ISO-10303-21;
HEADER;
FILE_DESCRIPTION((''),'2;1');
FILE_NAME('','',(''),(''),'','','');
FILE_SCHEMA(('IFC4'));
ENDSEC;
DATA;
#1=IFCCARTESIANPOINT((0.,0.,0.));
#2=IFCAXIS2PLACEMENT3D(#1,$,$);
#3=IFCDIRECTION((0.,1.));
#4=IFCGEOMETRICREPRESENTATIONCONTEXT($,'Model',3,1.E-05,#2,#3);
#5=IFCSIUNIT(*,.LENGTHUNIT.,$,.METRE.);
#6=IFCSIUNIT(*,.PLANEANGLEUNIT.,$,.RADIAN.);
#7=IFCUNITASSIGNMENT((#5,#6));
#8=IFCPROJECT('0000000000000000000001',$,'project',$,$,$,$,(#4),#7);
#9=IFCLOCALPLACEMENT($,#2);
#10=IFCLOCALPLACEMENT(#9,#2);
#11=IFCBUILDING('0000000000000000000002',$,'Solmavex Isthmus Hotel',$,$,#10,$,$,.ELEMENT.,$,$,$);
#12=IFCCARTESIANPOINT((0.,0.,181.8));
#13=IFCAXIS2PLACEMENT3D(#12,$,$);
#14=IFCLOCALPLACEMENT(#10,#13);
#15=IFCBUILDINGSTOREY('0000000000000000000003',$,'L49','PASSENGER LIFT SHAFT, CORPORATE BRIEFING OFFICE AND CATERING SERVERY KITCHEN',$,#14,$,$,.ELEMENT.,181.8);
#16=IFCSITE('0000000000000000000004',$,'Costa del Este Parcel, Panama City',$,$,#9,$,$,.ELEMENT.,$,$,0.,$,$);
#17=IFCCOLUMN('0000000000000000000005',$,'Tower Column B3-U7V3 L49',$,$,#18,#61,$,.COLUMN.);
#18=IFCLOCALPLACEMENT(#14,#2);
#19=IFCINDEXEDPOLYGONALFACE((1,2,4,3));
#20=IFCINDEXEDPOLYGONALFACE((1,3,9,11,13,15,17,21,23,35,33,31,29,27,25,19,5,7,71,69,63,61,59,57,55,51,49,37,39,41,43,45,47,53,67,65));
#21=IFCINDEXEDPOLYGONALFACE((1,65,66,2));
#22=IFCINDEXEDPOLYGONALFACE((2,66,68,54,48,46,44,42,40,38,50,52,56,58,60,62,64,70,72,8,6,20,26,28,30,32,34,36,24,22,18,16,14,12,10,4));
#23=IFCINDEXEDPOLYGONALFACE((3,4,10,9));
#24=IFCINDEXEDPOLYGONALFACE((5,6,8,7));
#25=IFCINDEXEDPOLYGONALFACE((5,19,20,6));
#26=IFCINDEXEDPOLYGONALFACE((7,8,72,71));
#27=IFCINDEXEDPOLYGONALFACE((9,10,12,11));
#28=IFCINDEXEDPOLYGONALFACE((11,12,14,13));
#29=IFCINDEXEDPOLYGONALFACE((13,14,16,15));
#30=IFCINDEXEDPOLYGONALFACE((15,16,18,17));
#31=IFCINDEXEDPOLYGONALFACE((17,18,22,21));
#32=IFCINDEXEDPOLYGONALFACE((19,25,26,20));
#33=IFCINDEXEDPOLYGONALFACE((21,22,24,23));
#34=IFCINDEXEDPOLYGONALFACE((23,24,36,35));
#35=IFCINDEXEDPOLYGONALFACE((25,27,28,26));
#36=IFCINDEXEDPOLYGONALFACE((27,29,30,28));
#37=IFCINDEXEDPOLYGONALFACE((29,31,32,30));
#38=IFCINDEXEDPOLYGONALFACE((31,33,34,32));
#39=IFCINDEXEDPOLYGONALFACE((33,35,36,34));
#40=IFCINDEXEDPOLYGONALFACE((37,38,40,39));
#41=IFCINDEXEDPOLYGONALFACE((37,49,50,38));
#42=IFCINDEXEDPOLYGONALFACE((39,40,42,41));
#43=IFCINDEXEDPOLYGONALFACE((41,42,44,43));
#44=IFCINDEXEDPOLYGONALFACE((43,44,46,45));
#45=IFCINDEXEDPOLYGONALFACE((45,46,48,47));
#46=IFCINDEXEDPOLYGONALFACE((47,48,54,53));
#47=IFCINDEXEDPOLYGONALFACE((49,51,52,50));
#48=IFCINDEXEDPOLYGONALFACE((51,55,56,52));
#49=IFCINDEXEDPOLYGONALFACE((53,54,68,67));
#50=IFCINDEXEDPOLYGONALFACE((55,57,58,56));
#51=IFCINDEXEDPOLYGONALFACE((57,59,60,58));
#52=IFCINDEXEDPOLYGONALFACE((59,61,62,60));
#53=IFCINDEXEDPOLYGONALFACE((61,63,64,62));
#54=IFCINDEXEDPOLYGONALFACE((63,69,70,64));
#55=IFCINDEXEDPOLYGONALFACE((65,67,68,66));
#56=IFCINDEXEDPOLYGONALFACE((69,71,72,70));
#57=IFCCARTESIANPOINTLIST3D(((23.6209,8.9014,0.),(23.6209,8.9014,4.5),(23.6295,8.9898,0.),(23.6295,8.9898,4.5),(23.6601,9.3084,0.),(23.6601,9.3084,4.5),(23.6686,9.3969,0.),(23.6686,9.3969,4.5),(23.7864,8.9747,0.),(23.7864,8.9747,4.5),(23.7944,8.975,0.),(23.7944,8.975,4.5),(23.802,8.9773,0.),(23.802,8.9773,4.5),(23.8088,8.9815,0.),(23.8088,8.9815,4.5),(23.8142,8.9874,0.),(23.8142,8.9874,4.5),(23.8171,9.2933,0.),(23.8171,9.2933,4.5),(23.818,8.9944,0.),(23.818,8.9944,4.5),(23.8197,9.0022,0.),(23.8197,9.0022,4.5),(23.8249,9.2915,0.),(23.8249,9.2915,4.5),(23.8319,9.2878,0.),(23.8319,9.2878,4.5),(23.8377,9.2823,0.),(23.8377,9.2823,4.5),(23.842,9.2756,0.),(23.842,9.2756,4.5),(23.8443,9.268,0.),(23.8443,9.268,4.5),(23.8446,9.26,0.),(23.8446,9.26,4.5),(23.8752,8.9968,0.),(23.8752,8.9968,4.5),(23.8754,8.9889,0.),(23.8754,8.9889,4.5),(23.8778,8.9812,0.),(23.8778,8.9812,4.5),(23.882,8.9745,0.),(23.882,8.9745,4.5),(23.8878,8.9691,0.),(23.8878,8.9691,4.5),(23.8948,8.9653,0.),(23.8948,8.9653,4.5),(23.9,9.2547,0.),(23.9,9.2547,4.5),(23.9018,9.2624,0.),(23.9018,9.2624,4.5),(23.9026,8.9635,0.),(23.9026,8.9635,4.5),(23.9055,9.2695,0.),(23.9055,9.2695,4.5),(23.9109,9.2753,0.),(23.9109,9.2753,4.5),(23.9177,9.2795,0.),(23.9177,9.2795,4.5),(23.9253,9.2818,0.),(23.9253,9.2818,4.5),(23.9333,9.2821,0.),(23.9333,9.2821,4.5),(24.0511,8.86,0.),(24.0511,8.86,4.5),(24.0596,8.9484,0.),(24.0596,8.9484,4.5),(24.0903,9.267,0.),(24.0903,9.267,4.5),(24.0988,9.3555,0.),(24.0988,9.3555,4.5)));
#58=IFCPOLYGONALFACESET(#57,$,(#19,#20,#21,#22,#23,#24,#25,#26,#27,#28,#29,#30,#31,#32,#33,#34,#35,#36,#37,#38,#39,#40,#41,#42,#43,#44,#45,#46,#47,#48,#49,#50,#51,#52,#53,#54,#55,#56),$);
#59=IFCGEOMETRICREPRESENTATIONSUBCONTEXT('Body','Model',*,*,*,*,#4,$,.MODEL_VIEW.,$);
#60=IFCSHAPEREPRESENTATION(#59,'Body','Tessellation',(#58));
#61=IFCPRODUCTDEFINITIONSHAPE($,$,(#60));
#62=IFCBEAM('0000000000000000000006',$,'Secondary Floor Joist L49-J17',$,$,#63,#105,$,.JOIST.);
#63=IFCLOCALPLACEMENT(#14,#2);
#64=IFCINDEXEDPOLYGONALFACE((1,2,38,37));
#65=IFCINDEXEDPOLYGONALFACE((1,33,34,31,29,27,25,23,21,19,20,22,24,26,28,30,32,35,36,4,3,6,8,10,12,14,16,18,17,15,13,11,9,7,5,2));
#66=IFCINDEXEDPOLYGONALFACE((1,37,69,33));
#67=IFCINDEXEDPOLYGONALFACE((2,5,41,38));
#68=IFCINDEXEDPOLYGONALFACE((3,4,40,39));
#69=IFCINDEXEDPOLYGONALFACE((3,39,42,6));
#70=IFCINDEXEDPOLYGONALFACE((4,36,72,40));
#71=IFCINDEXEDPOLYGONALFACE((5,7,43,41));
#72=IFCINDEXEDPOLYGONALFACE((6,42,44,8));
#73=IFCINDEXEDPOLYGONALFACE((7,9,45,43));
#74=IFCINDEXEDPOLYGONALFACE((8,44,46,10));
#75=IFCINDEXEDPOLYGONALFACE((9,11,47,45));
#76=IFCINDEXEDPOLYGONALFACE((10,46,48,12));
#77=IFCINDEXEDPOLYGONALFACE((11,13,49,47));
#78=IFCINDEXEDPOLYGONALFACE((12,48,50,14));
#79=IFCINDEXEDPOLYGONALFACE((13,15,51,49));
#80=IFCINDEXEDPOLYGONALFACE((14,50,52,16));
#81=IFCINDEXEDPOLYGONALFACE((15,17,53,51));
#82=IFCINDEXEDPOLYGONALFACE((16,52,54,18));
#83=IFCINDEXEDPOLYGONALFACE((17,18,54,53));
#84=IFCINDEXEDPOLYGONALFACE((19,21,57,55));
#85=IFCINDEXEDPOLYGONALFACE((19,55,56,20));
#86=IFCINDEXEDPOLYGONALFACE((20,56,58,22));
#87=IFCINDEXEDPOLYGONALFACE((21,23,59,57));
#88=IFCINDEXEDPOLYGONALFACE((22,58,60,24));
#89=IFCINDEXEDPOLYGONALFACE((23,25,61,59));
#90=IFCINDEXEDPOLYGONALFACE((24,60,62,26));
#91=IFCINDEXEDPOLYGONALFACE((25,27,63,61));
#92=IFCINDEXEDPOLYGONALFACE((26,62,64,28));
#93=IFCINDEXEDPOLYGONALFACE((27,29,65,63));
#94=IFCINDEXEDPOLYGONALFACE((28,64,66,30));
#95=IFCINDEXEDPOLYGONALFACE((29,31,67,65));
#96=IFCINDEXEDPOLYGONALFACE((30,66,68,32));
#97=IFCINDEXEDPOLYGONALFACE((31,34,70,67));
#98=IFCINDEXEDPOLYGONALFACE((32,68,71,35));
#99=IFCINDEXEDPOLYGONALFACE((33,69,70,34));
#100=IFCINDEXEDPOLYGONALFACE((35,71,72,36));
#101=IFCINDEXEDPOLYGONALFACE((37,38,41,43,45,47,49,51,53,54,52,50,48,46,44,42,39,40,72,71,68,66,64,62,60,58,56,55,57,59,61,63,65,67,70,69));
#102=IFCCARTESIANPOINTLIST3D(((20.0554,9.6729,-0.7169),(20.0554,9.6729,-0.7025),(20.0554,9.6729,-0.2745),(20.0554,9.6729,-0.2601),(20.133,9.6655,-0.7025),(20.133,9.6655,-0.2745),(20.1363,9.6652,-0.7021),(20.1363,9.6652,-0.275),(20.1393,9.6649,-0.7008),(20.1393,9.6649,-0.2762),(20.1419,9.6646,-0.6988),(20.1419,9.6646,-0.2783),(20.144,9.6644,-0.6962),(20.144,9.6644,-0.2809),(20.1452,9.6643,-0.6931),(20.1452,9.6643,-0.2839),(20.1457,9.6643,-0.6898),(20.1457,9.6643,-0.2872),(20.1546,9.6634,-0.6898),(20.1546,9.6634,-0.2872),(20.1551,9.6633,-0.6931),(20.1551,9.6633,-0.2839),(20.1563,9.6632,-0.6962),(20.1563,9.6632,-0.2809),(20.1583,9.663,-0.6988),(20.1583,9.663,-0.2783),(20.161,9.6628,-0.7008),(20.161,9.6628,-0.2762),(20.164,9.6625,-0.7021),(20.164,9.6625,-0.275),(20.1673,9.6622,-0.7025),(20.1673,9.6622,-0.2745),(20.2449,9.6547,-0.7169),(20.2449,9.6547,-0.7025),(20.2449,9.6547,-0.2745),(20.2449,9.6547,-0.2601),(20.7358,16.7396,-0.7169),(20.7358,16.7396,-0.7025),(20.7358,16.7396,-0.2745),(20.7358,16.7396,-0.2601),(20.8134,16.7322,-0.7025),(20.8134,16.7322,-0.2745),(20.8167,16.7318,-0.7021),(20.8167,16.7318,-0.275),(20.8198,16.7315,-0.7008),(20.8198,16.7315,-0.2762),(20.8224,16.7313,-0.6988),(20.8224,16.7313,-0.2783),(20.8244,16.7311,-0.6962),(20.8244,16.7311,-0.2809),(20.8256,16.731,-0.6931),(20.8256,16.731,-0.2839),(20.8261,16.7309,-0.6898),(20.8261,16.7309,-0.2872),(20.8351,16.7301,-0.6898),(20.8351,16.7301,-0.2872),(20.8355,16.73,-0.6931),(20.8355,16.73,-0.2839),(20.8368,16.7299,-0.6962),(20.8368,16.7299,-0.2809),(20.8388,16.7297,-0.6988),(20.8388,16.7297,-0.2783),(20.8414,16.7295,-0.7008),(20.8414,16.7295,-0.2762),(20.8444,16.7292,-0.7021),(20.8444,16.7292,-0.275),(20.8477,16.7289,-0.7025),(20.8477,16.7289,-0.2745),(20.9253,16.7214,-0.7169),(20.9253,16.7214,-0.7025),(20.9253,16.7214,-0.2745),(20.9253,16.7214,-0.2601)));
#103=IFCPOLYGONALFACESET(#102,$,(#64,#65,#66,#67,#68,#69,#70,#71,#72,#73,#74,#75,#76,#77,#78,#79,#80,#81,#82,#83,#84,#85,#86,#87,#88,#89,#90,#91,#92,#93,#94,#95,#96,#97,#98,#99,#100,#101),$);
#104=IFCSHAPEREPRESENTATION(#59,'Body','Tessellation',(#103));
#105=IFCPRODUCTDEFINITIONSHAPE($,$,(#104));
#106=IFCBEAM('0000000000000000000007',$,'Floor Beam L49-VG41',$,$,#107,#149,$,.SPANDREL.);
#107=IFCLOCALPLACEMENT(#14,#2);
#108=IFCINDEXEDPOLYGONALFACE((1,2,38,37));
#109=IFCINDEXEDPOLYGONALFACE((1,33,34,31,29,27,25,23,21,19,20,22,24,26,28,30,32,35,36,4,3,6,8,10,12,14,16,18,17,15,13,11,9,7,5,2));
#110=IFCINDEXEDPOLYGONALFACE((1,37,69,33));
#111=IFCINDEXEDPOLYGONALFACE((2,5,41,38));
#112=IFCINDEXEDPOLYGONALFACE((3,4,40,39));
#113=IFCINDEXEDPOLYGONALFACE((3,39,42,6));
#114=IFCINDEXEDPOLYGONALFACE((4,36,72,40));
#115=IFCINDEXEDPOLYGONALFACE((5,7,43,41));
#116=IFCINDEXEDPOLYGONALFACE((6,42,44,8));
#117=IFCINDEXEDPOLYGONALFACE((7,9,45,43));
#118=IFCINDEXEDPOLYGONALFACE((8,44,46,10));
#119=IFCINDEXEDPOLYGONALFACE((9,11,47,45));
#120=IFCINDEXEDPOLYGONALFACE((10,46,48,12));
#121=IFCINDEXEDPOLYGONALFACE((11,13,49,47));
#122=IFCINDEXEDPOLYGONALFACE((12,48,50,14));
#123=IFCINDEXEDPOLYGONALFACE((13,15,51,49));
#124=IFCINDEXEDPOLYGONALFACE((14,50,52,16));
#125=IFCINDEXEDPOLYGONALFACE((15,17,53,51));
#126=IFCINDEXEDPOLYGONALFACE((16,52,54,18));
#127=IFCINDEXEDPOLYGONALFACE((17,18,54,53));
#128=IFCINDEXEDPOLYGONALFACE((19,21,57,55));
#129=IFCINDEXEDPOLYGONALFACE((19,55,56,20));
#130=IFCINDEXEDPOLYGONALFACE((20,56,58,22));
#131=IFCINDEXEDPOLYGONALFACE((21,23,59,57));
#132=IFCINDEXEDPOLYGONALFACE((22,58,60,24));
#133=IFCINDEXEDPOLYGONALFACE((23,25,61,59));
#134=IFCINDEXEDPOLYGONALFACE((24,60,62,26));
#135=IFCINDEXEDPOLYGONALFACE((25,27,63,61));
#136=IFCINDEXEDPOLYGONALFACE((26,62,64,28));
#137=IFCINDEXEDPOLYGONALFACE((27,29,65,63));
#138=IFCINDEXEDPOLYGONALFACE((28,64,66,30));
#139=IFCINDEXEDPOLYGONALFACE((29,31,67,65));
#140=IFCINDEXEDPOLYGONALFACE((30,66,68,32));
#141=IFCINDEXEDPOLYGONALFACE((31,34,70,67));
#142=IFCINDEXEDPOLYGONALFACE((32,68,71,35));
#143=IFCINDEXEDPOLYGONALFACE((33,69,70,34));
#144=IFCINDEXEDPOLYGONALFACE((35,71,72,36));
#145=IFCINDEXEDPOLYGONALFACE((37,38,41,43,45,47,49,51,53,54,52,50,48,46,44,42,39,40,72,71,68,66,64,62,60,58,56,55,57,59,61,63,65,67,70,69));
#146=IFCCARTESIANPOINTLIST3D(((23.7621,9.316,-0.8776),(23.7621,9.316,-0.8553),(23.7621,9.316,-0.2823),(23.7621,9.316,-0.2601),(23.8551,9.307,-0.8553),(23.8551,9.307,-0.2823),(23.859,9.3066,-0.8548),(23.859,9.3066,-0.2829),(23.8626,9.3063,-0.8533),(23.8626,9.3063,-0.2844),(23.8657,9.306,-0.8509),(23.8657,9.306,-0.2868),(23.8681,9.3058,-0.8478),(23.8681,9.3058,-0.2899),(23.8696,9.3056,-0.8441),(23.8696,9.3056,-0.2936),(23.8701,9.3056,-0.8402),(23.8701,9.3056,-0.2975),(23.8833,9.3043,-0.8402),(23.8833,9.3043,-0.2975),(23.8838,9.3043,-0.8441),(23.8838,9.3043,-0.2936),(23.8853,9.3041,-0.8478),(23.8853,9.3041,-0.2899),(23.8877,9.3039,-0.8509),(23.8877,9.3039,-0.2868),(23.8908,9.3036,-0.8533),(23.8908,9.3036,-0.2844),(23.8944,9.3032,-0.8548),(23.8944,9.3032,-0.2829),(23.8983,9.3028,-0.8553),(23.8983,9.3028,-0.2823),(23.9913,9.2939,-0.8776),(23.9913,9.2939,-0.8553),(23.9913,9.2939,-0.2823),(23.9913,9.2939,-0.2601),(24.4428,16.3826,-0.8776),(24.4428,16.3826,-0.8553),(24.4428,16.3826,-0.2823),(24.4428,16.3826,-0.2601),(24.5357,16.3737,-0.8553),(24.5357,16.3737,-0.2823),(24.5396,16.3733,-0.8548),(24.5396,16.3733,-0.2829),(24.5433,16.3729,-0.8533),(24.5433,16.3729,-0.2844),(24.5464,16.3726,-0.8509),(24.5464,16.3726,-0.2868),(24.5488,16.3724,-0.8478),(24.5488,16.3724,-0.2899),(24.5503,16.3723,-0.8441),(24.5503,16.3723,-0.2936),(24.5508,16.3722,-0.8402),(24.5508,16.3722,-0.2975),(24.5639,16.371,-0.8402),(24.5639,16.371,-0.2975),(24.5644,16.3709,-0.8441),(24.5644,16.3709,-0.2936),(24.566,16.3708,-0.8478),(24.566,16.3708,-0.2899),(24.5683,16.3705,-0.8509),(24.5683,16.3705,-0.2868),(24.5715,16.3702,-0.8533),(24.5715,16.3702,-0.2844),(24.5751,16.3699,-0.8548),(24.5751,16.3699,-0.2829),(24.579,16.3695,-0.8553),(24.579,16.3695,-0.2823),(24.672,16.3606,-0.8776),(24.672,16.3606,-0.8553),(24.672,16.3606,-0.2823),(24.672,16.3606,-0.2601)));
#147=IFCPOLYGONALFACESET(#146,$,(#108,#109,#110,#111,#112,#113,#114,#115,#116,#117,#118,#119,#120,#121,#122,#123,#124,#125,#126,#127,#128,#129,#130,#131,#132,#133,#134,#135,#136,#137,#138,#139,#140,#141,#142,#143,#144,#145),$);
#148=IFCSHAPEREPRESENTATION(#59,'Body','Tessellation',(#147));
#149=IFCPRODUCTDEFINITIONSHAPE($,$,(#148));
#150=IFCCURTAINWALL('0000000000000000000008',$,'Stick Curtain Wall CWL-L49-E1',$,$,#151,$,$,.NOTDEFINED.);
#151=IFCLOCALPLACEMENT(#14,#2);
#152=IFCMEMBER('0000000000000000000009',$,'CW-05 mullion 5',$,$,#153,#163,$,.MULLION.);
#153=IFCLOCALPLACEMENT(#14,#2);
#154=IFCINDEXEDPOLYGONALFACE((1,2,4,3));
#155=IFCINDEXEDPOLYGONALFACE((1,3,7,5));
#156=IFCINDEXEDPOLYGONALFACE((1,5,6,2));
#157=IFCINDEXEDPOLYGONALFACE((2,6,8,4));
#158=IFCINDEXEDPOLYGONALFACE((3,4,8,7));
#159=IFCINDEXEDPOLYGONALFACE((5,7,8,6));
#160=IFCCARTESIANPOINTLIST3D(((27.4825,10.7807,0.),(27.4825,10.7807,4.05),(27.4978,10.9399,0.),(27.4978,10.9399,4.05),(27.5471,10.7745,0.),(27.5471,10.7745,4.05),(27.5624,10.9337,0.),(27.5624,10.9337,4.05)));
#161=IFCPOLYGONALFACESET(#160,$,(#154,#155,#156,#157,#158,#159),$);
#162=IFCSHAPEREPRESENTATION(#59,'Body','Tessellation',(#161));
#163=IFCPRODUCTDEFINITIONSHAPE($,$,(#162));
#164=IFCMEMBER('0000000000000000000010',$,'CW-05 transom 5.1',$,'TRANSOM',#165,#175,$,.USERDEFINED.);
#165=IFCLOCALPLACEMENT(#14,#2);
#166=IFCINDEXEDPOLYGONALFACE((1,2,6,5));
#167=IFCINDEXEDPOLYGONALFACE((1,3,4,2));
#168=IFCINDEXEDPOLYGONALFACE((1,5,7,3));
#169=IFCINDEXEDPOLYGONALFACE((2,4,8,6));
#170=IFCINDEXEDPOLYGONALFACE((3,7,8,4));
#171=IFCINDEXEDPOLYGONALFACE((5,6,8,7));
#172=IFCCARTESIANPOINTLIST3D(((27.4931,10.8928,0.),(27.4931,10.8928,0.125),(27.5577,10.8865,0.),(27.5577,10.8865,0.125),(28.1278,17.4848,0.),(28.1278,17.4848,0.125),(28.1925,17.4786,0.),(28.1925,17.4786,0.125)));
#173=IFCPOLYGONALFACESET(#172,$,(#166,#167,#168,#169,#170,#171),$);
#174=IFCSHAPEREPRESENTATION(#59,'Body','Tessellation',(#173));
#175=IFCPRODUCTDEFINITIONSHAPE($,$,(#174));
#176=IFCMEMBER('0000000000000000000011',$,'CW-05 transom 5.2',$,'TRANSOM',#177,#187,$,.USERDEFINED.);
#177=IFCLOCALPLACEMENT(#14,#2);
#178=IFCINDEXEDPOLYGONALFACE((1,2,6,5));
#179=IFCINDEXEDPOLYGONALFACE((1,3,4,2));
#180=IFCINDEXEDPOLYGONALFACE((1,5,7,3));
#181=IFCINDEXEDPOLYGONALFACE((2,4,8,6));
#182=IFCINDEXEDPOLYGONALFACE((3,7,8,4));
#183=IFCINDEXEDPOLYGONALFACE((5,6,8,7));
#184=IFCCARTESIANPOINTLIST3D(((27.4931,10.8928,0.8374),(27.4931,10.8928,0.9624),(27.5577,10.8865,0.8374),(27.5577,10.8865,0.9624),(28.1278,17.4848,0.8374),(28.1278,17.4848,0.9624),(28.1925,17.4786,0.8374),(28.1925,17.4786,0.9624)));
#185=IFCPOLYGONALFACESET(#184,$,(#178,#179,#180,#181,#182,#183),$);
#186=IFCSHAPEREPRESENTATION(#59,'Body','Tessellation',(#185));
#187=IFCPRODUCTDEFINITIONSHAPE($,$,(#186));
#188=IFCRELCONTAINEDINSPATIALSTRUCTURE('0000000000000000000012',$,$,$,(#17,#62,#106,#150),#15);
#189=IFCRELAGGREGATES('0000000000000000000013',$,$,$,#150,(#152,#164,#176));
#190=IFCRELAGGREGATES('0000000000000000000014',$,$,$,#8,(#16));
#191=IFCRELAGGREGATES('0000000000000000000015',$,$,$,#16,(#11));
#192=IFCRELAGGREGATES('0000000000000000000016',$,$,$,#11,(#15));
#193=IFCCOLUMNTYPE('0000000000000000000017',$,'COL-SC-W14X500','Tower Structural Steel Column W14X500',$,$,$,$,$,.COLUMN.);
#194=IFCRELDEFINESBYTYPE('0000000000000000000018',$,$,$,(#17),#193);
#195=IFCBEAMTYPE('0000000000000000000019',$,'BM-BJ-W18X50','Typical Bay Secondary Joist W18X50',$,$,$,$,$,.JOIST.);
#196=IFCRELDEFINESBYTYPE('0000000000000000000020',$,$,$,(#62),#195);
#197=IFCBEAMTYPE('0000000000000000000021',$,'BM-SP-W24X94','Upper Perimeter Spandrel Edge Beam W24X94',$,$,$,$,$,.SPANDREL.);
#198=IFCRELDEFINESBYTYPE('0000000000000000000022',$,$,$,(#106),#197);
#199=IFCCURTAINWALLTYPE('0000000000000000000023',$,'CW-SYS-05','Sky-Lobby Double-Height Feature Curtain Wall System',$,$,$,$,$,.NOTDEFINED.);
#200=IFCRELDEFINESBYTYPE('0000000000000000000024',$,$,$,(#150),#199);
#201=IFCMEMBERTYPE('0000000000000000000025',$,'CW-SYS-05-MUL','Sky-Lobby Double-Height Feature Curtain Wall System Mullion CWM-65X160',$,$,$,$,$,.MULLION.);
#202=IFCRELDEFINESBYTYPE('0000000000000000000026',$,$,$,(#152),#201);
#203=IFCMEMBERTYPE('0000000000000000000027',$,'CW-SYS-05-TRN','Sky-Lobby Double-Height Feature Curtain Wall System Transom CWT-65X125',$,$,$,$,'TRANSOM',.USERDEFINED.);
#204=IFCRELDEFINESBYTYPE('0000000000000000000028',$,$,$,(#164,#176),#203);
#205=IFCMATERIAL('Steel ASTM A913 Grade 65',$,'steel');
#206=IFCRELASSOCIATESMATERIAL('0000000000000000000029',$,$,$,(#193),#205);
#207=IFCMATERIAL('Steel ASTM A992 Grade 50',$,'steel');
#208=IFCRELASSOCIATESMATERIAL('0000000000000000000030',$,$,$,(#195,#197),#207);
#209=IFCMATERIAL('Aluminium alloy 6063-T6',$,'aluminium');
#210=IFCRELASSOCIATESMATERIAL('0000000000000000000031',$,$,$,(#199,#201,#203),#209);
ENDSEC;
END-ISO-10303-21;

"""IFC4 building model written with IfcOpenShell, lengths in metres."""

from ifc_helpers import new_model, si_unit, direction, frame, origin, origin_2d, place, context, subcontext, project, spatial, rectangle, i_section, extrude, material, material_profile, profile_set, type_object, element, aggregate, save


model = new_model("IFC4")

# Units and contexts
model_context = context("Model", 3, precision=1e-05, world=origin(), true_north=direction((0.0, 1.0)))
body_context = subcontext(model_context, "Body", "Model", "MODEL_VIEW")
ifc_project = project(units=[si_unit("LENGTHUNIT", "METRE"), si_unit("PLANEANGLEUNIT", "RADIAN")], contexts=[model_context])

# Site, building, storey
site_placement = place(None, origin())
site = spatial("IfcSite", under=ifc_project, at=site_placement, Name="Costa del Este Parcel, Panama City", CompositionType="ELEMENT", RefElevation=0.0)
building_placement = place(site_placement, origin())
building = spatial("IfcBuilding", under=site, at=building_placement, Name="Solmavex Isthmus Hotel", CompositionType="ELEMENT")
storey_placement = place(building_placement, frame((0.0, 0.0, 181.8)))
storey = spatial("IfcBuildingStorey", under=building, at=storey_placement, Name="L49", Description="PASSENGER LIFT SHAFT, CORPORATE BRIEFING OFFICE AND CATERING SERVERY KITCHEN", CompositionType="ELEMENT", Elevation=181.8)

# Column
ifc_material_1 = material(Name="Steel ASTM A913 Grade 65", Category="steel")
ifc_material_profile_1 = material_profile(ifc_material_1, i_section(OverallWidth=0.4321, OverallDepth=0.4978, WebThickness=0.0557, FlangeThickness=0.0889, FilletRadius=0.0305, at=origin_2d()), Name="W14X500")
ifc_profile_set_1 = profile_set([ifc_material_profile_1], Name="Steel ASTM A913 Grade 65")
column_type = type_object("IfcColumnType", Name="COL-SC-W14X500", Description="Tower Structural Steel Column W14X500", PredefinedType="COLUMN", material=ifc_profile_set_1)
column_placement = place(storey_placement, frame((23.8599, 9.1284, 0.0), z_axis=(0.0, 0.0, 1.0), x_axis=(0.995396, -0.095846, 0.0)))
element("IfcColumn", 1, at=column_placement, inside=storey, type_object=column_type, Name="Tower Column B3-U7V3 L49", PredefinedType="COLUMN", context=body_context, shape_type="SweptSolid", body=[
    extrude(i_section(OverallWidth=0.4321, OverallDepth=0.4978, WebThickness=0.0557, FlangeThickness=0.0889, FilletRadius=0.0305, at=origin_2d()), origin(), (0.0, 0.0, 1.0), 4.5),
])

# Beams
ifc_material_2 = material(Name="Steel ASTM A992 Grade 50", Category="steel")
ifc_material_profile_2 = material_profile(ifc_material_2, i_section(OverallWidth=0.1904, OverallDepth=0.4568, WebThickness=0.009, FlangeThickness=0.0144, FilletRadius=0.0127, at=origin_2d()), Name="W18X50")
ifc_profile_set_2 = profile_set([ifc_material_profile_2], Name="Steel ASTM A992 Grade 50")
beam_type_1 = type_object("IfcBeamType", Name="BM-BJ-W18X50", Description="Typical Bay Secondary Joist W18X50", PredefinedType="JOIST", material=ifc_profile_set_2)
beam_1_placement = place(storey_placement, frame((20.1501, 9.6638, -0.4885), z_axis=(0.095843, 0.995396, 0.0), x_axis=(-0.995396, 0.095843, 0.0)))
element("IfcBeam", 2, at=beam_1_placement, inside=storey, type_object=beam_type_1, Name="Secondary Floor Joist L49-J17", PredefinedType="JOIST", context=body_context, shape_type="SweptSolid", body=[
    extrude(i_section(OverallWidth=0.1904, OverallDepth=0.4568, WebThickness=0.009, FlangeThickness=0.0144, FilletRadius=0.0127, at=origin_2d()), origin(), (0.0, 0.0, 1.0), 7.0994),
])
ifc_material_profile_3 = material_profile(ifc_material_2, i_section(OverallWidth=0.2302, OverallDepth=0.6174, WebThickness=0.0132, FlangeThickness=0.0222, FilletRadius=0.0151, at=origin_2d()), Name="W24X94")
ifc_profile_set_3 = profile_set([ifc_material_profile_3], Name="Steel ASTM A992 Grade 50")
beam_type_2 = type_object("IfcBeamType", Name="BM-SP-W24X94", Description="Upper Perimeter Spandrel Edge Beam W24X94", PredefinedType="SPANDREL", material=ifc_profile_set_3)
beam_2_placement = place(storey_placement, frame((23.8767, 9.3049, -0.5688), z_axis=(0.095877, 0.995393, 0.0), x_axis=(-0.995393, 0.095877, 0.0)))
element("IfcBeam", 3, at=beam_2_placement, inside=storey, type_object=beam_type_2, Name="Floor Beam L49-VG41", PredefinedType="SPANDREL", context=body_context, shape_type="SweptSolid", body=[
    extrude(i_section(OverallWidth=0.2302, OverallDepth=0.6174, WebThickness=0.0132, FlangeThickness=0.0222, FilletRadius=0.0151, at=origin_2d()), origin(), (0.0, 0.0, 1.0), 7.0994),
])

# Curtain wall, members
ifc_material_3 = material(Name="Aluminium alloy 6063-T6", Category="aluminium")
curtain_wall_type = type_object("IfcCurtainWallType", Name="CW-SYS-05", Description="Sky-Lobby Double-Height Feature Curtain Wall System", PredefinedType="NOTDEFINED", material=ifc_material_3)
curtain_wall_placement = place(storey_placement, origin())
curtain_wall = element("IfcCurtainWall", 4, at=curtain_wall_placement, inside=storey, type_object=curtain_wall_type, Name="Stick Curtain Wall CWL-L49-E1", PredefinedType="NOTDEFINED")
ifc_material_profile_4 = material_profile(ifc_material_3, rectangle(XDim=0.0649, YDim=0.1599, at=origin_2d()), Name="CWM-65X160")
ifc_profile_set_4 = profile_set([ifc_material_profile_4], Name="Aluminium alloy 6063-T6")
member_type_1 = type_object("IfcMemberType", Name="CW-SYS-05-MUL", Description="Sky-Lobby Double-Height Feature Curtain Wall System Mullion CWM-65X160", PredefinedType="MULLION", material=ifc_profile_set_4)
member_1_placement = place(storey_placement, frame((27.5225, 10.8572, 0.0), z_axis=(0.0, 0.0, 1.0), x_axis=(-0.995396, 0.095846, 0.0)))
member_1 = element("IfcMember", 5, at=member_1_placement, type_object=member_type_1, Name="CW-05 mullion 5", PredefinedType="MULLION", context=body_context, shape_type="SweptSolid", body=[
    extrude(rectangle(XDim=0.0649, YDim=0.1599, at=origin_2d()), origin(), (0.0, 0.0, 1.0), 4.05),
])
ifc_material_profile_5 = material_profile(ifc_material_3, rectangle(XDim=0.0649, YDim=0.125, at=origin_2d()), Name="CWT-65X125")
ifc_profile_set_5 = profile_set([ifc_material_profile_5], Name="Aluminium alloy 6063-T6")
member_type_2 = type_object("IfcMemberType", Name="CW-SYS-05-TRN", Description="Sky-Lobby Double-Height Feature Curtain Wall System Transom CWT-65X125", ElementType="TRANSOM", PredefinedType="USERDEFINED", material=ifc_profile_set_5)
member_2_placement = place(storey_placement, frame((27.5254, 10.8896, 0.0625), z_axis=(0.095849, 0.995396, 0.0), x_axis=(-0.995396, 0.095849, 0.0)))
member_2 = element("IfcMember", 6, at=member_2_placement, type_object=member_type_2, Name="CW-05 transom 5.1", ObjectType="TRANSOM", PredefinedType="USERDEFINED", context=body_context, shape_type="SweptSolid", body=[
    extrude(rectangle(XDim=0.0649, YDim=0.125, at=origin_2d()), origin(), (0.0, 0.0, 1.0), 6.6226),
])
member_3_placement = place(storey_placement, frame((27.5254, 10.8896, 0.8999), z_axis=(0.095849, 0.995396, 0.0), x_axis=(-0.995396, 0.095849, 0.0)))
member_3 = element("IfcMember", 7, at=member_3_placement, type_object=member_type_2, Name="CW-05 transom 5.2", ObjectType="TRANSOM", PredefinedType="USERDEFINED", context=body_context, shape_type="SweptSolid", body=[
    extrude(rectangle(XDim=0.0649, YDim=0.125, at=origin_2d()), origin(), (0.0, 0.0, 1.0), 6.6226),
])
aggregate(curtain_wall, [member_1, member_2, member_3])

save(model, "model.ifc")
